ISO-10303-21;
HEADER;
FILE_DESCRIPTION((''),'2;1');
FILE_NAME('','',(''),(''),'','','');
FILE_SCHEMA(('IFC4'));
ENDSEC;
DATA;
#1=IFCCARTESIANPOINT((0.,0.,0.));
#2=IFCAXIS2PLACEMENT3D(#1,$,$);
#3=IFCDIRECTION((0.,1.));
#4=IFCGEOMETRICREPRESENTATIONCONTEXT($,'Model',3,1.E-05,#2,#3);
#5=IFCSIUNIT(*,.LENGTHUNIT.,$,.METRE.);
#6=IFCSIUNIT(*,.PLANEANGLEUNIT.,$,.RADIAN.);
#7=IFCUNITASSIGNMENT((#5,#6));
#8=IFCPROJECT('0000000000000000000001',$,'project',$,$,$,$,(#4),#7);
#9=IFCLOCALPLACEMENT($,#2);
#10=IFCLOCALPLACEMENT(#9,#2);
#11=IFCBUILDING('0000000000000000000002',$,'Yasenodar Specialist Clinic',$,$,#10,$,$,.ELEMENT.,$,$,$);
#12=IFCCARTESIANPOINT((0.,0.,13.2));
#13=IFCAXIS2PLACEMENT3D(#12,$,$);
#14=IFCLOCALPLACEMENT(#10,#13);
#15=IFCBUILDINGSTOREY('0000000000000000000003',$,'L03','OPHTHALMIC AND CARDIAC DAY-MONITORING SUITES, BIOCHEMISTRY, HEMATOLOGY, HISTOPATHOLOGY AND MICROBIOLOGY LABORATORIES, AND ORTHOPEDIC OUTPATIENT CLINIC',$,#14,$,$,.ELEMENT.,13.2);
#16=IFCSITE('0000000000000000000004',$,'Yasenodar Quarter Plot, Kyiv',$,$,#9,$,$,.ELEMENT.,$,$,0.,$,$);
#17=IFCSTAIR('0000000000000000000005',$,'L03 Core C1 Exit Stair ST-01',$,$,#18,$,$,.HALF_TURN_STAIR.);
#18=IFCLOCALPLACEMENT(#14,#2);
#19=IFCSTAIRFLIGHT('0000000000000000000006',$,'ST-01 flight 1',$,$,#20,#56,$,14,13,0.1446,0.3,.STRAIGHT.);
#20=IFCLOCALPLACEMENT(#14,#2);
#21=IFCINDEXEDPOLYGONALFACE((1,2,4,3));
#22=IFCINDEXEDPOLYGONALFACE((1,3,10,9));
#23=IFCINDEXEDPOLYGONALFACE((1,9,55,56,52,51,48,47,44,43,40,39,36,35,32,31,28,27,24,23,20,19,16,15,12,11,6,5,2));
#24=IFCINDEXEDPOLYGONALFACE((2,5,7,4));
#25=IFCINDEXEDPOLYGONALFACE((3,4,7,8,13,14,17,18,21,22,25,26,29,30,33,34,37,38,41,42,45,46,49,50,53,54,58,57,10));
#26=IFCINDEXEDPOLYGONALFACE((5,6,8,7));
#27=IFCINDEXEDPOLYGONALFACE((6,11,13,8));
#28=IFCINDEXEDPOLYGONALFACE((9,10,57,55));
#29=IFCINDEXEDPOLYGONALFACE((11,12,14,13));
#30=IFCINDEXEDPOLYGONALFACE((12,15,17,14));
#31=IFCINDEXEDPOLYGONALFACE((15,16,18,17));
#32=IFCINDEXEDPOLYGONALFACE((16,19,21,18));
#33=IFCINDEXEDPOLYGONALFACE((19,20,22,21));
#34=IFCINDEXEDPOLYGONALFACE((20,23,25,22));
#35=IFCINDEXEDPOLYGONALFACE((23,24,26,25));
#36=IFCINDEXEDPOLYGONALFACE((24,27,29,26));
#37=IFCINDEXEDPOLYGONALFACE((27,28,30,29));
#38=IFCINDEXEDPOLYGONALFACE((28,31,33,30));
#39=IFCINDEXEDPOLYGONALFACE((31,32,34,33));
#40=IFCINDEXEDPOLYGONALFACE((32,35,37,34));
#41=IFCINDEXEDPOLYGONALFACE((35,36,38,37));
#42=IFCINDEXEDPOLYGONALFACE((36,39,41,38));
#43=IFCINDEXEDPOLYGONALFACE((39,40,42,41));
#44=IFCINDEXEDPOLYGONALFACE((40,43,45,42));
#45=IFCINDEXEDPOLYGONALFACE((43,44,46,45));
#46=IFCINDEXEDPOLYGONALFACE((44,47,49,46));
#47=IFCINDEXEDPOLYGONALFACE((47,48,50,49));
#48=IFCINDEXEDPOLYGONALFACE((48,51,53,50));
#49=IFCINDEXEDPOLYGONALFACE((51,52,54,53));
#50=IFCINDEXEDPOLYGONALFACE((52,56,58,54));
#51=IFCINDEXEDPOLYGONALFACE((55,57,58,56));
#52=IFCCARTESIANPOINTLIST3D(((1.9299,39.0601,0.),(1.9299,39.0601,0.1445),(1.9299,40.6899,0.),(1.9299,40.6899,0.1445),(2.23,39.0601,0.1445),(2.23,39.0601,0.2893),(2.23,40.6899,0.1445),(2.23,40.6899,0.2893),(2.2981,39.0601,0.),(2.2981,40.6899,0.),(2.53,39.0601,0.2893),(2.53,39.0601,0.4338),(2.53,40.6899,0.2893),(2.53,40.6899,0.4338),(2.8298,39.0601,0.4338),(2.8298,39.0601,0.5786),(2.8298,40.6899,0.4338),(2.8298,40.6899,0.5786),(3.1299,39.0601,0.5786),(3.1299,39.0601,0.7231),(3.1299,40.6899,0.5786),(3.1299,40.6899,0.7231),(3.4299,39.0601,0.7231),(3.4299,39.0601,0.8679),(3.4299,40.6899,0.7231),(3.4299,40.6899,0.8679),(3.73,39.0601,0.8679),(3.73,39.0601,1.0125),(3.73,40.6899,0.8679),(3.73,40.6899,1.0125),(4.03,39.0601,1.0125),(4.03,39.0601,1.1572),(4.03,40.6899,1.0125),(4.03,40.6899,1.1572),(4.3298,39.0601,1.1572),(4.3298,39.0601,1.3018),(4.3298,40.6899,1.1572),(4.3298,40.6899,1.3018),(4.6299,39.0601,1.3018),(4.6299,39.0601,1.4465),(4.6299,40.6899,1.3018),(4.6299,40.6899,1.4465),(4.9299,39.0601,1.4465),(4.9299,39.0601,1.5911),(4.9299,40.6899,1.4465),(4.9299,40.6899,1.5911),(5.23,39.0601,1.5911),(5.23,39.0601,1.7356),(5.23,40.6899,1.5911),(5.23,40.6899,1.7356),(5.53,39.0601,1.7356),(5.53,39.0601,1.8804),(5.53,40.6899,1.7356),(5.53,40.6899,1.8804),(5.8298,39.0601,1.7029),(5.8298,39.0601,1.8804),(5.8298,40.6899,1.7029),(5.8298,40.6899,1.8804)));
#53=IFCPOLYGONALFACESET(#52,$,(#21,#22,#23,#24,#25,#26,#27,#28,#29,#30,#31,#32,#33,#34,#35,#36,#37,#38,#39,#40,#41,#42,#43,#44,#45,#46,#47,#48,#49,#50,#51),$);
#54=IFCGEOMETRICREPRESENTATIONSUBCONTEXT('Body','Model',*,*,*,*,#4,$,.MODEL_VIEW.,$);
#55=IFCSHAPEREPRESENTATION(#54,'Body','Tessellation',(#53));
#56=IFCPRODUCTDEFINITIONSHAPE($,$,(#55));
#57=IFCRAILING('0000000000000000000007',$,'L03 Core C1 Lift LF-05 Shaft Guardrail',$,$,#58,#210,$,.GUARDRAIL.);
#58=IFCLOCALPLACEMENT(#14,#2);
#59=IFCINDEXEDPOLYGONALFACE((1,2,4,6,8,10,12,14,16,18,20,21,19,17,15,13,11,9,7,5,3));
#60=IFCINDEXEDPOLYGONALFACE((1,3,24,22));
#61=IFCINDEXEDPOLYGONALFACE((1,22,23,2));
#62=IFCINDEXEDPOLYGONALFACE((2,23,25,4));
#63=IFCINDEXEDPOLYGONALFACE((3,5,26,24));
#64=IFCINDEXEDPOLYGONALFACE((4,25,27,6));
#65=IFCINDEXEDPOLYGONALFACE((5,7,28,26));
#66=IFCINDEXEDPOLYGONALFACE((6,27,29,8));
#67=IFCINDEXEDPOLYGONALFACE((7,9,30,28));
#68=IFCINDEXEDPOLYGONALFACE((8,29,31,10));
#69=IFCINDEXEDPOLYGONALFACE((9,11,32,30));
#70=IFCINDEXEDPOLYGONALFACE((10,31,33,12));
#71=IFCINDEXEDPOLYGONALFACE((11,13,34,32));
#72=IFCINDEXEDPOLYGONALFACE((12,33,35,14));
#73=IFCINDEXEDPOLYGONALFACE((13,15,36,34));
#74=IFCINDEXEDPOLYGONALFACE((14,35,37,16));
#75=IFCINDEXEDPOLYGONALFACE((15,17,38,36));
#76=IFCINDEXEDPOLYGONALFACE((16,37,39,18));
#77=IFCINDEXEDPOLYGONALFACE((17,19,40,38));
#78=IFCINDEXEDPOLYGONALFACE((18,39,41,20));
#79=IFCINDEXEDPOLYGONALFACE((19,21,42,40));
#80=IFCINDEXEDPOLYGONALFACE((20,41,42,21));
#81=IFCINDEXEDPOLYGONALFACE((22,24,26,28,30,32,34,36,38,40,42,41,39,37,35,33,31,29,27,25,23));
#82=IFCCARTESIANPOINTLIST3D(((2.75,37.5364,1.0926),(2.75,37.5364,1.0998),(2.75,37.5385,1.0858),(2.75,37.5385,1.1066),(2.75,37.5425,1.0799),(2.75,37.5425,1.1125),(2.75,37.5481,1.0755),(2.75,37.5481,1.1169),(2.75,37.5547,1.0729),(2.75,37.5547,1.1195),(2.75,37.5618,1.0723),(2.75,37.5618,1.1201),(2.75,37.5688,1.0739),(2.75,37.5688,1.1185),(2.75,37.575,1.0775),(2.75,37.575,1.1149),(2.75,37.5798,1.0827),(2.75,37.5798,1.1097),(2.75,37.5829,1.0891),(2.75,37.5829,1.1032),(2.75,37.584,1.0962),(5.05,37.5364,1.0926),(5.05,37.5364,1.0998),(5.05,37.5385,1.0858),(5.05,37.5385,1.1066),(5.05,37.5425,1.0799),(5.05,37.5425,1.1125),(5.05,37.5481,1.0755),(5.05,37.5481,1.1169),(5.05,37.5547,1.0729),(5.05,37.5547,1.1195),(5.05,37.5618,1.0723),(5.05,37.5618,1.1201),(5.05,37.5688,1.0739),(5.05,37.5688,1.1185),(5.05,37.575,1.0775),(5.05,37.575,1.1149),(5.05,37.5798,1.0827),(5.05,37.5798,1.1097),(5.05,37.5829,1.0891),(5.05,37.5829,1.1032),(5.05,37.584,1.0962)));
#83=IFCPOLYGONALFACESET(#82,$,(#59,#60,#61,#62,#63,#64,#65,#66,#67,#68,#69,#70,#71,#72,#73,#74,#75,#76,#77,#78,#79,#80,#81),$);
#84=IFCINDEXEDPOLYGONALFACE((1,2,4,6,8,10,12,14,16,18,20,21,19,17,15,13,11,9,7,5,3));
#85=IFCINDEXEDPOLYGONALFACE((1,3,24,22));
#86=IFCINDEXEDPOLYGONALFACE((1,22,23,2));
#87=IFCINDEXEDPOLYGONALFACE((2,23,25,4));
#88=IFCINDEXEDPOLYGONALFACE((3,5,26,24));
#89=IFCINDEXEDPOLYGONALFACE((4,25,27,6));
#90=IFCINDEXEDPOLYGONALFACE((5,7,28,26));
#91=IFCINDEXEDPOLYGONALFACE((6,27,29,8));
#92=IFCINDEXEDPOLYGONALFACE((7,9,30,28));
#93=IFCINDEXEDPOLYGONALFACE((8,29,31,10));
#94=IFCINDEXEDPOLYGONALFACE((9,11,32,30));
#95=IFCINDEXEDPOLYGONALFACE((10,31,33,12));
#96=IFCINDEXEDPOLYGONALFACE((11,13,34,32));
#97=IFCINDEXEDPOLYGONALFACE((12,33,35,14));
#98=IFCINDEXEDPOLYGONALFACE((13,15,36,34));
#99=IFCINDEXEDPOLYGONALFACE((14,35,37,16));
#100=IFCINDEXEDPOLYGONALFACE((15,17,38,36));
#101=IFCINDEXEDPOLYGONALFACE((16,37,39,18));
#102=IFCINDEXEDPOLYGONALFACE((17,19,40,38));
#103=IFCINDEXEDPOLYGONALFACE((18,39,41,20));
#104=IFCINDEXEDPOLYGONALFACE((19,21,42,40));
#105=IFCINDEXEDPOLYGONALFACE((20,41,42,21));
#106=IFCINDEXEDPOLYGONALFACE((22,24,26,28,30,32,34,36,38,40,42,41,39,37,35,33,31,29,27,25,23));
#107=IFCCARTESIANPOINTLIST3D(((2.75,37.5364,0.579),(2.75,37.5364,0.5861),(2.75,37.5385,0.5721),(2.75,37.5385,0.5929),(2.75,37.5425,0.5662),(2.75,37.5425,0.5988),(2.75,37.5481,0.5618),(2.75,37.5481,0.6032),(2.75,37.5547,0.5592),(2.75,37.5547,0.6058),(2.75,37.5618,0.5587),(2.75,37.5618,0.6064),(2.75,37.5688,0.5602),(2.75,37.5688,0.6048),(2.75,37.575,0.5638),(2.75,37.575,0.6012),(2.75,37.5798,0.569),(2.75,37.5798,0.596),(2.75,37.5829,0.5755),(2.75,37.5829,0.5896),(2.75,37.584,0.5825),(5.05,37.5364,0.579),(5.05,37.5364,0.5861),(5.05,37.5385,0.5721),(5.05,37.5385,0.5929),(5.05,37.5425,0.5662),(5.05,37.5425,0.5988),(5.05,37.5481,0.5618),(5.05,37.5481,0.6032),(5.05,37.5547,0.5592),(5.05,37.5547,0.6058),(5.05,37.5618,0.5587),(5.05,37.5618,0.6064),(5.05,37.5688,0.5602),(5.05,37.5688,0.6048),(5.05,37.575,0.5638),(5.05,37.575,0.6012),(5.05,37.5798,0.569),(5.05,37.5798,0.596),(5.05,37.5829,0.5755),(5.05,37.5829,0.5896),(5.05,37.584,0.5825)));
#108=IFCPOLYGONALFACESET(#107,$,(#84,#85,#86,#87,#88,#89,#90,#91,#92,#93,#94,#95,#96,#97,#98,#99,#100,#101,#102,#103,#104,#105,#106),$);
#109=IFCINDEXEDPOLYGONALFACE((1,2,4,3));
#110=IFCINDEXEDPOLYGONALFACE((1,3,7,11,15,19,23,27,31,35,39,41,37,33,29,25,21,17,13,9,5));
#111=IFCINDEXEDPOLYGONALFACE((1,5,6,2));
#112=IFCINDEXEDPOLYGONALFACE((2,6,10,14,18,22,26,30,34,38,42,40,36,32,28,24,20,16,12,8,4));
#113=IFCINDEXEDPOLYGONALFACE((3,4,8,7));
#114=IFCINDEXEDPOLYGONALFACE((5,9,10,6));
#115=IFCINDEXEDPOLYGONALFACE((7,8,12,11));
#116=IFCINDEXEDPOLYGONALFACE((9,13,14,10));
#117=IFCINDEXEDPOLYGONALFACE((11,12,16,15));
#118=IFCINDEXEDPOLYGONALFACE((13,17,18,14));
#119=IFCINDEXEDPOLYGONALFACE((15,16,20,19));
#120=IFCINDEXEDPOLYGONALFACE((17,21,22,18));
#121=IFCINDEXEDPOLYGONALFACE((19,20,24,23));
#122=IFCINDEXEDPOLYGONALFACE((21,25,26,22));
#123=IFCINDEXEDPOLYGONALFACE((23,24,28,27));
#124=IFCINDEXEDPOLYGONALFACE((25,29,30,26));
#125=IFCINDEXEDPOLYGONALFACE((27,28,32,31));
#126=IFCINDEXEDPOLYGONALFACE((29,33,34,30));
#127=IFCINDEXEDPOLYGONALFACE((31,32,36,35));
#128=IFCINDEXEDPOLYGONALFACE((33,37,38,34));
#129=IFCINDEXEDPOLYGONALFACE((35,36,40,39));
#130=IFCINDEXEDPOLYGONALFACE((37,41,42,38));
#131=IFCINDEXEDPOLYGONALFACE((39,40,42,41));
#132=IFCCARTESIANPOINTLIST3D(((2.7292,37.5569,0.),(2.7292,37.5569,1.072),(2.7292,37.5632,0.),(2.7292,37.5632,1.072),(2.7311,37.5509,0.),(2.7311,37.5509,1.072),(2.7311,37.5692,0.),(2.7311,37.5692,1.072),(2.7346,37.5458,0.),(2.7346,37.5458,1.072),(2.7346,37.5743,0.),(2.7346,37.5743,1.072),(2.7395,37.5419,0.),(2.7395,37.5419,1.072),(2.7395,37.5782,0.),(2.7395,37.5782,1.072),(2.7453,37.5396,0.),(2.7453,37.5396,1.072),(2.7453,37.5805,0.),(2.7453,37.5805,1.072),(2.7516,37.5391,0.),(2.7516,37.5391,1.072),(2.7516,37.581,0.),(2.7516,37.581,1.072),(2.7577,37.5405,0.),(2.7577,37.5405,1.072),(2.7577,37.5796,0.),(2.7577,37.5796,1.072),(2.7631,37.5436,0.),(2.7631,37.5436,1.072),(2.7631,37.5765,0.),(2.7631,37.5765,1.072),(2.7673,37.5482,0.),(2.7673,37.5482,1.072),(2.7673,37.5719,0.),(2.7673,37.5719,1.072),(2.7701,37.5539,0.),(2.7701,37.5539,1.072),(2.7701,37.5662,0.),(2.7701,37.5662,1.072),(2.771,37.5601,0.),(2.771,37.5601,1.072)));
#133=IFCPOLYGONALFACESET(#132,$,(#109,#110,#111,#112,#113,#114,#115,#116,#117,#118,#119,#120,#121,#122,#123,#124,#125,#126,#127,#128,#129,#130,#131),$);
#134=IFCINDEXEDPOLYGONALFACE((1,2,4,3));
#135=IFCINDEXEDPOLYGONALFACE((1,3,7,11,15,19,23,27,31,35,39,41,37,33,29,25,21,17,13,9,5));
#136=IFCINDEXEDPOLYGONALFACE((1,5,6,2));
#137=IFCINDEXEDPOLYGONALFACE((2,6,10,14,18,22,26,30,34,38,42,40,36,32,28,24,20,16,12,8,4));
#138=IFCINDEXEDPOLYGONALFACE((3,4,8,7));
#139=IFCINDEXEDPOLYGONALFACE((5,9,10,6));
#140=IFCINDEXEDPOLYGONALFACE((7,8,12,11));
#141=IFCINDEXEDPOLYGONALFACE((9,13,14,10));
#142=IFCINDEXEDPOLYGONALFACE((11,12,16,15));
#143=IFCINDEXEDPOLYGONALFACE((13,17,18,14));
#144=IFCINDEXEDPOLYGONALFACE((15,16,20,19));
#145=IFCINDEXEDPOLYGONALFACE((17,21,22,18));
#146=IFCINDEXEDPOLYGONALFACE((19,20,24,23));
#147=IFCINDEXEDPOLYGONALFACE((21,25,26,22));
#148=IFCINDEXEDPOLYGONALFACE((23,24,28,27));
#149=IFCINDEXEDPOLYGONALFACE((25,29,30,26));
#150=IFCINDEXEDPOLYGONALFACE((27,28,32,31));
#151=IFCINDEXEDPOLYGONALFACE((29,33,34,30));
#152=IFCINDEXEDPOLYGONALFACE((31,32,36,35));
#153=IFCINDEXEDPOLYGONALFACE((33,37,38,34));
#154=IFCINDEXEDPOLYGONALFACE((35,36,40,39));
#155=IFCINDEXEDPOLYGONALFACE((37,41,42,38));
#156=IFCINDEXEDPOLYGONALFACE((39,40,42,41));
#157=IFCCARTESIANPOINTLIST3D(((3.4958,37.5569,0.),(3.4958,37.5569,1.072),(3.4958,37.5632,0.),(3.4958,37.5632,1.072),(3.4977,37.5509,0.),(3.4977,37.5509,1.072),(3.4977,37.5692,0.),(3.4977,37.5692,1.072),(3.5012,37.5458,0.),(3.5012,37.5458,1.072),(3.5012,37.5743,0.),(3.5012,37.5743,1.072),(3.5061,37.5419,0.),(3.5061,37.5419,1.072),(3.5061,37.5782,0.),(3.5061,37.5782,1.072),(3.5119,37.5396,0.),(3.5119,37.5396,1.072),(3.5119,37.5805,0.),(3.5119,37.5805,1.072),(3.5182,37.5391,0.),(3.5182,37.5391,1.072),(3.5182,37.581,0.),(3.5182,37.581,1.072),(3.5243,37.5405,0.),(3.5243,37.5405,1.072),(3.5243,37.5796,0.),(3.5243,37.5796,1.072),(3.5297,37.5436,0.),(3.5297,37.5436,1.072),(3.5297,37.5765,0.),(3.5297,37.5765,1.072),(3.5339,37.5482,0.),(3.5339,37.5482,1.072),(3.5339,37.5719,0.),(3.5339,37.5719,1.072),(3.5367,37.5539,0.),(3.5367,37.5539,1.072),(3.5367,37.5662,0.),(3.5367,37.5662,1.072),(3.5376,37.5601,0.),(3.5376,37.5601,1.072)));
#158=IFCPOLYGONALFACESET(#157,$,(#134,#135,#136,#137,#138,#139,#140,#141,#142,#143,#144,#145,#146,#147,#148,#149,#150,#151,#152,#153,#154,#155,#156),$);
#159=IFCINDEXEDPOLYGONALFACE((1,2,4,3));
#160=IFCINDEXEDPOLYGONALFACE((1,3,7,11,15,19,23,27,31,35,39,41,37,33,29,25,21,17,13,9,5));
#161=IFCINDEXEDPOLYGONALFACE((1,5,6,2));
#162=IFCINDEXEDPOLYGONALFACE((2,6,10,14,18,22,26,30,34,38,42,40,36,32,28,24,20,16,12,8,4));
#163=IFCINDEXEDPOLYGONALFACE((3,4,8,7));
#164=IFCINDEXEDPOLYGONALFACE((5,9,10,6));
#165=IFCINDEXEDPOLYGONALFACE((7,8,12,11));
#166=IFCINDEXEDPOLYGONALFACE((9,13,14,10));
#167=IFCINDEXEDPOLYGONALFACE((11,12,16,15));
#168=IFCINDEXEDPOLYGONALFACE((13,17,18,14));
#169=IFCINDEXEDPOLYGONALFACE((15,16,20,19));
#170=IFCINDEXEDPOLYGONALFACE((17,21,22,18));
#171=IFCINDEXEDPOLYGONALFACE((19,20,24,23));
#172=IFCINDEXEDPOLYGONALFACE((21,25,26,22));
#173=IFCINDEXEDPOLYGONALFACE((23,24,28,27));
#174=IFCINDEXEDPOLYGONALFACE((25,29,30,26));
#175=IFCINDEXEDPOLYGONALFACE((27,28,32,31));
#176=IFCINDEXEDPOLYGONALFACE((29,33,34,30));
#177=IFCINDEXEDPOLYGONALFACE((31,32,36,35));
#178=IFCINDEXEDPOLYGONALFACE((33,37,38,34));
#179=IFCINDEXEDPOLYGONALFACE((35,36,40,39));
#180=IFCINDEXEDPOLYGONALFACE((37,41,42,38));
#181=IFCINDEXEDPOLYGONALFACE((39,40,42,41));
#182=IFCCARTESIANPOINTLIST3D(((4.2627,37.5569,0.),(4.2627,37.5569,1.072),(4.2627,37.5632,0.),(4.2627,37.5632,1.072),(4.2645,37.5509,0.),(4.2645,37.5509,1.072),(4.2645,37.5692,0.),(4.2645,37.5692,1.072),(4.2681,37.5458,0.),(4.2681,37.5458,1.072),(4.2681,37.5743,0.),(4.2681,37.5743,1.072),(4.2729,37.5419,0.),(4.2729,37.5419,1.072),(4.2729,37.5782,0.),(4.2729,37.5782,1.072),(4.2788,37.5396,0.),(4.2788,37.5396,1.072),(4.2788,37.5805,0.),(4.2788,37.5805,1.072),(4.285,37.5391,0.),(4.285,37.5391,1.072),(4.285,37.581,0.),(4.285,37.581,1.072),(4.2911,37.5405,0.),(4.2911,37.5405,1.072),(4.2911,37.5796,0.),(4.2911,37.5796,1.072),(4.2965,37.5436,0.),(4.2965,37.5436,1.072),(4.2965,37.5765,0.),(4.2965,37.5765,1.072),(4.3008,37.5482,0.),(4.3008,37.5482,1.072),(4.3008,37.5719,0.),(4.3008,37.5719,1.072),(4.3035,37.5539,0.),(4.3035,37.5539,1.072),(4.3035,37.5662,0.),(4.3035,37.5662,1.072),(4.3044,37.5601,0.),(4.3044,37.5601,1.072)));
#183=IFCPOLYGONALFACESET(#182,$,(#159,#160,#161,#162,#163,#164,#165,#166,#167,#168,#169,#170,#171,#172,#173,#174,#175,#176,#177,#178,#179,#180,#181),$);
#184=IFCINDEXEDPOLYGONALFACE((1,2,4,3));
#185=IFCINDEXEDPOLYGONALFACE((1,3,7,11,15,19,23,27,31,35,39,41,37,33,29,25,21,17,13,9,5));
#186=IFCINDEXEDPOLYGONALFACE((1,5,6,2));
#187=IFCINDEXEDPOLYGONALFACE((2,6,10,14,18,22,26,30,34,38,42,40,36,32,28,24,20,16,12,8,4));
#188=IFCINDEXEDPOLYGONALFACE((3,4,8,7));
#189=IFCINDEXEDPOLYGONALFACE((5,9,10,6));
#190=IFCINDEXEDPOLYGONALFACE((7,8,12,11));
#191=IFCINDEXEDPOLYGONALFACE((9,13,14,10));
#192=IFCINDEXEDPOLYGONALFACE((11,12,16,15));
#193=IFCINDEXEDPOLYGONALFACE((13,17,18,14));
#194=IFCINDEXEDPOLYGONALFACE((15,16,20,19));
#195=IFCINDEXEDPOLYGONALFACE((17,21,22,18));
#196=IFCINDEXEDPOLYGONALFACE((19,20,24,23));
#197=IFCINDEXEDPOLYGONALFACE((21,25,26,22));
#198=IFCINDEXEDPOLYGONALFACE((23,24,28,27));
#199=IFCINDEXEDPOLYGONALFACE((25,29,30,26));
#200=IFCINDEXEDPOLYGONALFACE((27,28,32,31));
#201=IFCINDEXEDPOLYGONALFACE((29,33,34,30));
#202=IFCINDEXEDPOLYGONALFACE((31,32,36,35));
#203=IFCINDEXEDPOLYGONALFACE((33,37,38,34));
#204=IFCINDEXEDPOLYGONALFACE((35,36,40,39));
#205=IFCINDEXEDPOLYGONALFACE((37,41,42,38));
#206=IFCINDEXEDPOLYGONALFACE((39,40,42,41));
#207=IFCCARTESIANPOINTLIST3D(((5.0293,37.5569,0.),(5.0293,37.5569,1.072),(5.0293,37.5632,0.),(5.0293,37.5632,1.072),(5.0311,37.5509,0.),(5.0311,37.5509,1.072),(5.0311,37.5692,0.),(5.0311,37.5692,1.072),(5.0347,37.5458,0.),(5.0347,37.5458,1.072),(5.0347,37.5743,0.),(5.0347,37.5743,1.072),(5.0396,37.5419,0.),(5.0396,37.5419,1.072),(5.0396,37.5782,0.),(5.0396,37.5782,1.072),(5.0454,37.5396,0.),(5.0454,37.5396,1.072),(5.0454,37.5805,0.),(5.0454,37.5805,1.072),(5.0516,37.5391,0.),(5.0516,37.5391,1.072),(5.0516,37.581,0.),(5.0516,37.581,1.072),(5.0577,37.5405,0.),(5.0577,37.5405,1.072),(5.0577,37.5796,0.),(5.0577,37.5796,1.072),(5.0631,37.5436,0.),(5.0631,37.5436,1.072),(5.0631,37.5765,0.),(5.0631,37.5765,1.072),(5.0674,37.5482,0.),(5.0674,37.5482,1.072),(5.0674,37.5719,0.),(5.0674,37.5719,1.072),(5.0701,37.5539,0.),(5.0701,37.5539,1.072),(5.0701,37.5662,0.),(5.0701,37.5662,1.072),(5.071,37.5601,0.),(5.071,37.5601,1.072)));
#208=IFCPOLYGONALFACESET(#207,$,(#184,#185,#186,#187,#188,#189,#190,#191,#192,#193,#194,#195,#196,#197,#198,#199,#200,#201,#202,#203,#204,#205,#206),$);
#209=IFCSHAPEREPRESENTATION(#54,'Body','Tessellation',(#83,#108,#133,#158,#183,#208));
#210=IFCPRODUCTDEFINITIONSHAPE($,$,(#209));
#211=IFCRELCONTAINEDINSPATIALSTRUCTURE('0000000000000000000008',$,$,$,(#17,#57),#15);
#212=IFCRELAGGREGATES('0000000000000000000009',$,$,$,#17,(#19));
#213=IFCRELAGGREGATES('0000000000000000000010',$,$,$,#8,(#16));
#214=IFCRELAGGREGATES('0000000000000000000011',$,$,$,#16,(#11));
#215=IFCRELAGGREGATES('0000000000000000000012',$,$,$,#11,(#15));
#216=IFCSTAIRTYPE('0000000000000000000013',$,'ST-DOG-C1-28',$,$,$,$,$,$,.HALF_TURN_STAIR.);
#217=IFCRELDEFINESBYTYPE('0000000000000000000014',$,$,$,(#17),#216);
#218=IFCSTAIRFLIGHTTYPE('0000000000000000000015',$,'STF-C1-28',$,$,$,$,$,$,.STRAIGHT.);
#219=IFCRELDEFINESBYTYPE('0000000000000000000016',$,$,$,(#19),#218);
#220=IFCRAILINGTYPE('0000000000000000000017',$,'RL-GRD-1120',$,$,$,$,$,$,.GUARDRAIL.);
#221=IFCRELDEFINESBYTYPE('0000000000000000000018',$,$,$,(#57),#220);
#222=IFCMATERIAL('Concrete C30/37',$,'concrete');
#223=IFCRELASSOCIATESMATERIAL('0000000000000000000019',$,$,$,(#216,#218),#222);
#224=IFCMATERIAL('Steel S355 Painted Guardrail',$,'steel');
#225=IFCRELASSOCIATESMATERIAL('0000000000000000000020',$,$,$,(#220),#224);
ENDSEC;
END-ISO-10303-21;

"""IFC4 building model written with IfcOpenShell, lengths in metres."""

from ifc_helpers import new_model, si_unit, direction, frame, origin, origin_2d, place, context, subcontext, project, spatial, polyline, circle, outline, extrude, material, type_object, element, aggregate, save


model = new_model("IFC4")

# Units and contexts
model_context = context("Model", 3, precision=1e-05, world=origin(), true_north=direction((0.0, 1.0)))
body_context = subcontext(model_context, "Body", "Model", "MODEL_VIEW")
ifc_project = project(units=[si_unit("LENGTHUNIT", "METRE"), si_unit("PLANEANGLEUNIT", "RADIAN")], contexts=[model_context])

# Site, building, storey
site_placement = place(None, origin())
site = spatial("IfcSite", under=ifc_project, at=site_placement, Name="Yasenodar Quarter Plot, Kyiv", CompositionType="ELEMENT", RefElevation=0.0)
building_placement = place(site_placement, origin())
building = spatial("IfcBuilding", under=site, at=building_placement, Name="Yasenodar Specialist Clinic", CompositionType="ELEMENT")
storey_placement = place(building_placement, frame((0.0, 0.0, 13.2)))
storey = spatial("IfcBuildingStorey", under=building, at=storey_placement, Name="L03", Description="OPHTHALMIC AND CARDIAC DAY-MONITORING SUITES, BIOCHEMISTRY, HEMATOLOGY, HISTOPATHOLOGY AND MICROBIOLOGY LABORATORIES, AND ORTHOPEDIC OUTPATIENT CLINIC", CompositionType="ELEMENT", Elevation=13.2)

# Stair, stair flight
ifc_material_1 = material(Name="Concrete C30/37", Category="concrete")
stair_type = type_object("IfcStairType", Name="ST-DOG-C1-28", PredefinedType="HALF_TURN_STAIR", material=ifc_material_1)
stair_placement = place(storey_placement, origin())
stair = element("IfcStair", 1, at=stair_placement, inside=storey, type_object=stair_type, Name="L03 Core C1 Exit Stair ST-01", PredefinedType="HALF_TURN_STAIR")
stair_flight_type = type_object("IfcStairFlightType", Name="STF-C1-28", PredefinedType="STRAIGHT", material=ifc_material_1)
stair_flight_placement = place(storey_placement, frame((1.9299, 39.875, 0.0), z_axis=(0.0, 0.0, 1.0), x_axis=(1.0, 0.0, 0.0)))
stair_flight = element("IfcStairFlight", 2, at=stair_flight_placement, type_object=stair_flight_type, Name="ST-01 flight 1", NumberOfRisers=14, NumberOfTreads=13, PredefinedType="STRAIGHT", RiserHeight=0.1446, TreadLength=0.3, context=body_context, shape_type="SweptSolid", body=[
    extrude(outline(polyline([(0.0, 0.0), (0.0, 0.1445), (0.3, 0.1445), (0.3, 0.2893), (0.6001, 0.2893), (0.6001, 0.4338), (0.8999, 0.4338), (0.8999, 0.5786), (1.2, 0.5786), (1.2, 0.7231), (1.5, 0.7231), (1.5, 0.8679), (1.8, 0.8679), (1.8, 1.0125), (2.1001, 1.0125), (2.1001, 1.1572), (2.3999, 1.1572), (2.3999, 1.3018), (2.7, 1.3018), (2.7, 1.4465), (3.0, 1.4465), (3.0, 1.5911), (3.3, 1.5911), (3.3, 1.7356), (3.6001, 1.7356), (3.6001, 1.8804), (3.8999, 1.8804), (3.8999, 2.0249), (3.8999, 1.7029), (0.3682, 0.0), (0.0, 0.0)])), frame((0.0, 0.8149, 0.0), z_axis=(0.0, -1.0, 0.0), x_axis=(1.0, 0.0, 0.0)), (0.0, 0.0, 1.0), 1.6299),
])
aggregate(stair, [stair_flight])

# Railing
ifc_material_2 = material(Name="Steel S355 Painted Guardrail", Category="steel")
railing_type_1 = type_object("IfcRailingType", Name="RL-GRD-1120", PredefinedType="GUARDRAIL", material=ifc_material_2)
railing_1_placement = place(storey_placement, frame((2.75, 37.5601, 0.0)))
element("IfcRailing", 3, at=railing_1_placement, inside=storey, type_object=railing_type_1, Name="L03 Core C1 Lift LF-05 Shaft Guardrail", PredefinedType="GUARDRAIL", context=body_context, shape_type="SweptSolid", body=[
    extrude(circle(Radius=0.0239, at=origin_2d()), frame((0.0, 0.0, 1.0962), z_axis=(1.0, 0.0, 0.0), x_axis=(0.0, 1.0, 0.0)), (0.0, 0.0, 1.0), 2.3),
    extrude(circle(Radius=0.0239, at=origin_2d()), frame((0.0, 0.0, 0.5825), z_axis=(1.0, 0.0, 0.0), x_axis=(0.0, 1.0, 0.0)), (0.0, 0.0, 1.0), 2.3),
    extrude(circle(Radius=0.021, at=origin_2d()), origin(), (0.0, 0.0, 1.0), 1.072),
    extrude(circle(Radius=0.021, at=origin_2d()), frame((0.7666, 0.0, 0.0)), (0.0, 0.0, 1.0), 1.072),
    extrude(circle(Radius=0.021, at=origin_2d()), frame((1.5334, 0.0, 0.0)), (0.0, 0.0, 1.0), 1.072),
    extrude(circle(Radius=0.021, at=origin_2d()), frame((2.3, 0.0, 0.0)), (0.0, 0.0, 1.0), 1.072),
])

save(model, "model.ifc")
